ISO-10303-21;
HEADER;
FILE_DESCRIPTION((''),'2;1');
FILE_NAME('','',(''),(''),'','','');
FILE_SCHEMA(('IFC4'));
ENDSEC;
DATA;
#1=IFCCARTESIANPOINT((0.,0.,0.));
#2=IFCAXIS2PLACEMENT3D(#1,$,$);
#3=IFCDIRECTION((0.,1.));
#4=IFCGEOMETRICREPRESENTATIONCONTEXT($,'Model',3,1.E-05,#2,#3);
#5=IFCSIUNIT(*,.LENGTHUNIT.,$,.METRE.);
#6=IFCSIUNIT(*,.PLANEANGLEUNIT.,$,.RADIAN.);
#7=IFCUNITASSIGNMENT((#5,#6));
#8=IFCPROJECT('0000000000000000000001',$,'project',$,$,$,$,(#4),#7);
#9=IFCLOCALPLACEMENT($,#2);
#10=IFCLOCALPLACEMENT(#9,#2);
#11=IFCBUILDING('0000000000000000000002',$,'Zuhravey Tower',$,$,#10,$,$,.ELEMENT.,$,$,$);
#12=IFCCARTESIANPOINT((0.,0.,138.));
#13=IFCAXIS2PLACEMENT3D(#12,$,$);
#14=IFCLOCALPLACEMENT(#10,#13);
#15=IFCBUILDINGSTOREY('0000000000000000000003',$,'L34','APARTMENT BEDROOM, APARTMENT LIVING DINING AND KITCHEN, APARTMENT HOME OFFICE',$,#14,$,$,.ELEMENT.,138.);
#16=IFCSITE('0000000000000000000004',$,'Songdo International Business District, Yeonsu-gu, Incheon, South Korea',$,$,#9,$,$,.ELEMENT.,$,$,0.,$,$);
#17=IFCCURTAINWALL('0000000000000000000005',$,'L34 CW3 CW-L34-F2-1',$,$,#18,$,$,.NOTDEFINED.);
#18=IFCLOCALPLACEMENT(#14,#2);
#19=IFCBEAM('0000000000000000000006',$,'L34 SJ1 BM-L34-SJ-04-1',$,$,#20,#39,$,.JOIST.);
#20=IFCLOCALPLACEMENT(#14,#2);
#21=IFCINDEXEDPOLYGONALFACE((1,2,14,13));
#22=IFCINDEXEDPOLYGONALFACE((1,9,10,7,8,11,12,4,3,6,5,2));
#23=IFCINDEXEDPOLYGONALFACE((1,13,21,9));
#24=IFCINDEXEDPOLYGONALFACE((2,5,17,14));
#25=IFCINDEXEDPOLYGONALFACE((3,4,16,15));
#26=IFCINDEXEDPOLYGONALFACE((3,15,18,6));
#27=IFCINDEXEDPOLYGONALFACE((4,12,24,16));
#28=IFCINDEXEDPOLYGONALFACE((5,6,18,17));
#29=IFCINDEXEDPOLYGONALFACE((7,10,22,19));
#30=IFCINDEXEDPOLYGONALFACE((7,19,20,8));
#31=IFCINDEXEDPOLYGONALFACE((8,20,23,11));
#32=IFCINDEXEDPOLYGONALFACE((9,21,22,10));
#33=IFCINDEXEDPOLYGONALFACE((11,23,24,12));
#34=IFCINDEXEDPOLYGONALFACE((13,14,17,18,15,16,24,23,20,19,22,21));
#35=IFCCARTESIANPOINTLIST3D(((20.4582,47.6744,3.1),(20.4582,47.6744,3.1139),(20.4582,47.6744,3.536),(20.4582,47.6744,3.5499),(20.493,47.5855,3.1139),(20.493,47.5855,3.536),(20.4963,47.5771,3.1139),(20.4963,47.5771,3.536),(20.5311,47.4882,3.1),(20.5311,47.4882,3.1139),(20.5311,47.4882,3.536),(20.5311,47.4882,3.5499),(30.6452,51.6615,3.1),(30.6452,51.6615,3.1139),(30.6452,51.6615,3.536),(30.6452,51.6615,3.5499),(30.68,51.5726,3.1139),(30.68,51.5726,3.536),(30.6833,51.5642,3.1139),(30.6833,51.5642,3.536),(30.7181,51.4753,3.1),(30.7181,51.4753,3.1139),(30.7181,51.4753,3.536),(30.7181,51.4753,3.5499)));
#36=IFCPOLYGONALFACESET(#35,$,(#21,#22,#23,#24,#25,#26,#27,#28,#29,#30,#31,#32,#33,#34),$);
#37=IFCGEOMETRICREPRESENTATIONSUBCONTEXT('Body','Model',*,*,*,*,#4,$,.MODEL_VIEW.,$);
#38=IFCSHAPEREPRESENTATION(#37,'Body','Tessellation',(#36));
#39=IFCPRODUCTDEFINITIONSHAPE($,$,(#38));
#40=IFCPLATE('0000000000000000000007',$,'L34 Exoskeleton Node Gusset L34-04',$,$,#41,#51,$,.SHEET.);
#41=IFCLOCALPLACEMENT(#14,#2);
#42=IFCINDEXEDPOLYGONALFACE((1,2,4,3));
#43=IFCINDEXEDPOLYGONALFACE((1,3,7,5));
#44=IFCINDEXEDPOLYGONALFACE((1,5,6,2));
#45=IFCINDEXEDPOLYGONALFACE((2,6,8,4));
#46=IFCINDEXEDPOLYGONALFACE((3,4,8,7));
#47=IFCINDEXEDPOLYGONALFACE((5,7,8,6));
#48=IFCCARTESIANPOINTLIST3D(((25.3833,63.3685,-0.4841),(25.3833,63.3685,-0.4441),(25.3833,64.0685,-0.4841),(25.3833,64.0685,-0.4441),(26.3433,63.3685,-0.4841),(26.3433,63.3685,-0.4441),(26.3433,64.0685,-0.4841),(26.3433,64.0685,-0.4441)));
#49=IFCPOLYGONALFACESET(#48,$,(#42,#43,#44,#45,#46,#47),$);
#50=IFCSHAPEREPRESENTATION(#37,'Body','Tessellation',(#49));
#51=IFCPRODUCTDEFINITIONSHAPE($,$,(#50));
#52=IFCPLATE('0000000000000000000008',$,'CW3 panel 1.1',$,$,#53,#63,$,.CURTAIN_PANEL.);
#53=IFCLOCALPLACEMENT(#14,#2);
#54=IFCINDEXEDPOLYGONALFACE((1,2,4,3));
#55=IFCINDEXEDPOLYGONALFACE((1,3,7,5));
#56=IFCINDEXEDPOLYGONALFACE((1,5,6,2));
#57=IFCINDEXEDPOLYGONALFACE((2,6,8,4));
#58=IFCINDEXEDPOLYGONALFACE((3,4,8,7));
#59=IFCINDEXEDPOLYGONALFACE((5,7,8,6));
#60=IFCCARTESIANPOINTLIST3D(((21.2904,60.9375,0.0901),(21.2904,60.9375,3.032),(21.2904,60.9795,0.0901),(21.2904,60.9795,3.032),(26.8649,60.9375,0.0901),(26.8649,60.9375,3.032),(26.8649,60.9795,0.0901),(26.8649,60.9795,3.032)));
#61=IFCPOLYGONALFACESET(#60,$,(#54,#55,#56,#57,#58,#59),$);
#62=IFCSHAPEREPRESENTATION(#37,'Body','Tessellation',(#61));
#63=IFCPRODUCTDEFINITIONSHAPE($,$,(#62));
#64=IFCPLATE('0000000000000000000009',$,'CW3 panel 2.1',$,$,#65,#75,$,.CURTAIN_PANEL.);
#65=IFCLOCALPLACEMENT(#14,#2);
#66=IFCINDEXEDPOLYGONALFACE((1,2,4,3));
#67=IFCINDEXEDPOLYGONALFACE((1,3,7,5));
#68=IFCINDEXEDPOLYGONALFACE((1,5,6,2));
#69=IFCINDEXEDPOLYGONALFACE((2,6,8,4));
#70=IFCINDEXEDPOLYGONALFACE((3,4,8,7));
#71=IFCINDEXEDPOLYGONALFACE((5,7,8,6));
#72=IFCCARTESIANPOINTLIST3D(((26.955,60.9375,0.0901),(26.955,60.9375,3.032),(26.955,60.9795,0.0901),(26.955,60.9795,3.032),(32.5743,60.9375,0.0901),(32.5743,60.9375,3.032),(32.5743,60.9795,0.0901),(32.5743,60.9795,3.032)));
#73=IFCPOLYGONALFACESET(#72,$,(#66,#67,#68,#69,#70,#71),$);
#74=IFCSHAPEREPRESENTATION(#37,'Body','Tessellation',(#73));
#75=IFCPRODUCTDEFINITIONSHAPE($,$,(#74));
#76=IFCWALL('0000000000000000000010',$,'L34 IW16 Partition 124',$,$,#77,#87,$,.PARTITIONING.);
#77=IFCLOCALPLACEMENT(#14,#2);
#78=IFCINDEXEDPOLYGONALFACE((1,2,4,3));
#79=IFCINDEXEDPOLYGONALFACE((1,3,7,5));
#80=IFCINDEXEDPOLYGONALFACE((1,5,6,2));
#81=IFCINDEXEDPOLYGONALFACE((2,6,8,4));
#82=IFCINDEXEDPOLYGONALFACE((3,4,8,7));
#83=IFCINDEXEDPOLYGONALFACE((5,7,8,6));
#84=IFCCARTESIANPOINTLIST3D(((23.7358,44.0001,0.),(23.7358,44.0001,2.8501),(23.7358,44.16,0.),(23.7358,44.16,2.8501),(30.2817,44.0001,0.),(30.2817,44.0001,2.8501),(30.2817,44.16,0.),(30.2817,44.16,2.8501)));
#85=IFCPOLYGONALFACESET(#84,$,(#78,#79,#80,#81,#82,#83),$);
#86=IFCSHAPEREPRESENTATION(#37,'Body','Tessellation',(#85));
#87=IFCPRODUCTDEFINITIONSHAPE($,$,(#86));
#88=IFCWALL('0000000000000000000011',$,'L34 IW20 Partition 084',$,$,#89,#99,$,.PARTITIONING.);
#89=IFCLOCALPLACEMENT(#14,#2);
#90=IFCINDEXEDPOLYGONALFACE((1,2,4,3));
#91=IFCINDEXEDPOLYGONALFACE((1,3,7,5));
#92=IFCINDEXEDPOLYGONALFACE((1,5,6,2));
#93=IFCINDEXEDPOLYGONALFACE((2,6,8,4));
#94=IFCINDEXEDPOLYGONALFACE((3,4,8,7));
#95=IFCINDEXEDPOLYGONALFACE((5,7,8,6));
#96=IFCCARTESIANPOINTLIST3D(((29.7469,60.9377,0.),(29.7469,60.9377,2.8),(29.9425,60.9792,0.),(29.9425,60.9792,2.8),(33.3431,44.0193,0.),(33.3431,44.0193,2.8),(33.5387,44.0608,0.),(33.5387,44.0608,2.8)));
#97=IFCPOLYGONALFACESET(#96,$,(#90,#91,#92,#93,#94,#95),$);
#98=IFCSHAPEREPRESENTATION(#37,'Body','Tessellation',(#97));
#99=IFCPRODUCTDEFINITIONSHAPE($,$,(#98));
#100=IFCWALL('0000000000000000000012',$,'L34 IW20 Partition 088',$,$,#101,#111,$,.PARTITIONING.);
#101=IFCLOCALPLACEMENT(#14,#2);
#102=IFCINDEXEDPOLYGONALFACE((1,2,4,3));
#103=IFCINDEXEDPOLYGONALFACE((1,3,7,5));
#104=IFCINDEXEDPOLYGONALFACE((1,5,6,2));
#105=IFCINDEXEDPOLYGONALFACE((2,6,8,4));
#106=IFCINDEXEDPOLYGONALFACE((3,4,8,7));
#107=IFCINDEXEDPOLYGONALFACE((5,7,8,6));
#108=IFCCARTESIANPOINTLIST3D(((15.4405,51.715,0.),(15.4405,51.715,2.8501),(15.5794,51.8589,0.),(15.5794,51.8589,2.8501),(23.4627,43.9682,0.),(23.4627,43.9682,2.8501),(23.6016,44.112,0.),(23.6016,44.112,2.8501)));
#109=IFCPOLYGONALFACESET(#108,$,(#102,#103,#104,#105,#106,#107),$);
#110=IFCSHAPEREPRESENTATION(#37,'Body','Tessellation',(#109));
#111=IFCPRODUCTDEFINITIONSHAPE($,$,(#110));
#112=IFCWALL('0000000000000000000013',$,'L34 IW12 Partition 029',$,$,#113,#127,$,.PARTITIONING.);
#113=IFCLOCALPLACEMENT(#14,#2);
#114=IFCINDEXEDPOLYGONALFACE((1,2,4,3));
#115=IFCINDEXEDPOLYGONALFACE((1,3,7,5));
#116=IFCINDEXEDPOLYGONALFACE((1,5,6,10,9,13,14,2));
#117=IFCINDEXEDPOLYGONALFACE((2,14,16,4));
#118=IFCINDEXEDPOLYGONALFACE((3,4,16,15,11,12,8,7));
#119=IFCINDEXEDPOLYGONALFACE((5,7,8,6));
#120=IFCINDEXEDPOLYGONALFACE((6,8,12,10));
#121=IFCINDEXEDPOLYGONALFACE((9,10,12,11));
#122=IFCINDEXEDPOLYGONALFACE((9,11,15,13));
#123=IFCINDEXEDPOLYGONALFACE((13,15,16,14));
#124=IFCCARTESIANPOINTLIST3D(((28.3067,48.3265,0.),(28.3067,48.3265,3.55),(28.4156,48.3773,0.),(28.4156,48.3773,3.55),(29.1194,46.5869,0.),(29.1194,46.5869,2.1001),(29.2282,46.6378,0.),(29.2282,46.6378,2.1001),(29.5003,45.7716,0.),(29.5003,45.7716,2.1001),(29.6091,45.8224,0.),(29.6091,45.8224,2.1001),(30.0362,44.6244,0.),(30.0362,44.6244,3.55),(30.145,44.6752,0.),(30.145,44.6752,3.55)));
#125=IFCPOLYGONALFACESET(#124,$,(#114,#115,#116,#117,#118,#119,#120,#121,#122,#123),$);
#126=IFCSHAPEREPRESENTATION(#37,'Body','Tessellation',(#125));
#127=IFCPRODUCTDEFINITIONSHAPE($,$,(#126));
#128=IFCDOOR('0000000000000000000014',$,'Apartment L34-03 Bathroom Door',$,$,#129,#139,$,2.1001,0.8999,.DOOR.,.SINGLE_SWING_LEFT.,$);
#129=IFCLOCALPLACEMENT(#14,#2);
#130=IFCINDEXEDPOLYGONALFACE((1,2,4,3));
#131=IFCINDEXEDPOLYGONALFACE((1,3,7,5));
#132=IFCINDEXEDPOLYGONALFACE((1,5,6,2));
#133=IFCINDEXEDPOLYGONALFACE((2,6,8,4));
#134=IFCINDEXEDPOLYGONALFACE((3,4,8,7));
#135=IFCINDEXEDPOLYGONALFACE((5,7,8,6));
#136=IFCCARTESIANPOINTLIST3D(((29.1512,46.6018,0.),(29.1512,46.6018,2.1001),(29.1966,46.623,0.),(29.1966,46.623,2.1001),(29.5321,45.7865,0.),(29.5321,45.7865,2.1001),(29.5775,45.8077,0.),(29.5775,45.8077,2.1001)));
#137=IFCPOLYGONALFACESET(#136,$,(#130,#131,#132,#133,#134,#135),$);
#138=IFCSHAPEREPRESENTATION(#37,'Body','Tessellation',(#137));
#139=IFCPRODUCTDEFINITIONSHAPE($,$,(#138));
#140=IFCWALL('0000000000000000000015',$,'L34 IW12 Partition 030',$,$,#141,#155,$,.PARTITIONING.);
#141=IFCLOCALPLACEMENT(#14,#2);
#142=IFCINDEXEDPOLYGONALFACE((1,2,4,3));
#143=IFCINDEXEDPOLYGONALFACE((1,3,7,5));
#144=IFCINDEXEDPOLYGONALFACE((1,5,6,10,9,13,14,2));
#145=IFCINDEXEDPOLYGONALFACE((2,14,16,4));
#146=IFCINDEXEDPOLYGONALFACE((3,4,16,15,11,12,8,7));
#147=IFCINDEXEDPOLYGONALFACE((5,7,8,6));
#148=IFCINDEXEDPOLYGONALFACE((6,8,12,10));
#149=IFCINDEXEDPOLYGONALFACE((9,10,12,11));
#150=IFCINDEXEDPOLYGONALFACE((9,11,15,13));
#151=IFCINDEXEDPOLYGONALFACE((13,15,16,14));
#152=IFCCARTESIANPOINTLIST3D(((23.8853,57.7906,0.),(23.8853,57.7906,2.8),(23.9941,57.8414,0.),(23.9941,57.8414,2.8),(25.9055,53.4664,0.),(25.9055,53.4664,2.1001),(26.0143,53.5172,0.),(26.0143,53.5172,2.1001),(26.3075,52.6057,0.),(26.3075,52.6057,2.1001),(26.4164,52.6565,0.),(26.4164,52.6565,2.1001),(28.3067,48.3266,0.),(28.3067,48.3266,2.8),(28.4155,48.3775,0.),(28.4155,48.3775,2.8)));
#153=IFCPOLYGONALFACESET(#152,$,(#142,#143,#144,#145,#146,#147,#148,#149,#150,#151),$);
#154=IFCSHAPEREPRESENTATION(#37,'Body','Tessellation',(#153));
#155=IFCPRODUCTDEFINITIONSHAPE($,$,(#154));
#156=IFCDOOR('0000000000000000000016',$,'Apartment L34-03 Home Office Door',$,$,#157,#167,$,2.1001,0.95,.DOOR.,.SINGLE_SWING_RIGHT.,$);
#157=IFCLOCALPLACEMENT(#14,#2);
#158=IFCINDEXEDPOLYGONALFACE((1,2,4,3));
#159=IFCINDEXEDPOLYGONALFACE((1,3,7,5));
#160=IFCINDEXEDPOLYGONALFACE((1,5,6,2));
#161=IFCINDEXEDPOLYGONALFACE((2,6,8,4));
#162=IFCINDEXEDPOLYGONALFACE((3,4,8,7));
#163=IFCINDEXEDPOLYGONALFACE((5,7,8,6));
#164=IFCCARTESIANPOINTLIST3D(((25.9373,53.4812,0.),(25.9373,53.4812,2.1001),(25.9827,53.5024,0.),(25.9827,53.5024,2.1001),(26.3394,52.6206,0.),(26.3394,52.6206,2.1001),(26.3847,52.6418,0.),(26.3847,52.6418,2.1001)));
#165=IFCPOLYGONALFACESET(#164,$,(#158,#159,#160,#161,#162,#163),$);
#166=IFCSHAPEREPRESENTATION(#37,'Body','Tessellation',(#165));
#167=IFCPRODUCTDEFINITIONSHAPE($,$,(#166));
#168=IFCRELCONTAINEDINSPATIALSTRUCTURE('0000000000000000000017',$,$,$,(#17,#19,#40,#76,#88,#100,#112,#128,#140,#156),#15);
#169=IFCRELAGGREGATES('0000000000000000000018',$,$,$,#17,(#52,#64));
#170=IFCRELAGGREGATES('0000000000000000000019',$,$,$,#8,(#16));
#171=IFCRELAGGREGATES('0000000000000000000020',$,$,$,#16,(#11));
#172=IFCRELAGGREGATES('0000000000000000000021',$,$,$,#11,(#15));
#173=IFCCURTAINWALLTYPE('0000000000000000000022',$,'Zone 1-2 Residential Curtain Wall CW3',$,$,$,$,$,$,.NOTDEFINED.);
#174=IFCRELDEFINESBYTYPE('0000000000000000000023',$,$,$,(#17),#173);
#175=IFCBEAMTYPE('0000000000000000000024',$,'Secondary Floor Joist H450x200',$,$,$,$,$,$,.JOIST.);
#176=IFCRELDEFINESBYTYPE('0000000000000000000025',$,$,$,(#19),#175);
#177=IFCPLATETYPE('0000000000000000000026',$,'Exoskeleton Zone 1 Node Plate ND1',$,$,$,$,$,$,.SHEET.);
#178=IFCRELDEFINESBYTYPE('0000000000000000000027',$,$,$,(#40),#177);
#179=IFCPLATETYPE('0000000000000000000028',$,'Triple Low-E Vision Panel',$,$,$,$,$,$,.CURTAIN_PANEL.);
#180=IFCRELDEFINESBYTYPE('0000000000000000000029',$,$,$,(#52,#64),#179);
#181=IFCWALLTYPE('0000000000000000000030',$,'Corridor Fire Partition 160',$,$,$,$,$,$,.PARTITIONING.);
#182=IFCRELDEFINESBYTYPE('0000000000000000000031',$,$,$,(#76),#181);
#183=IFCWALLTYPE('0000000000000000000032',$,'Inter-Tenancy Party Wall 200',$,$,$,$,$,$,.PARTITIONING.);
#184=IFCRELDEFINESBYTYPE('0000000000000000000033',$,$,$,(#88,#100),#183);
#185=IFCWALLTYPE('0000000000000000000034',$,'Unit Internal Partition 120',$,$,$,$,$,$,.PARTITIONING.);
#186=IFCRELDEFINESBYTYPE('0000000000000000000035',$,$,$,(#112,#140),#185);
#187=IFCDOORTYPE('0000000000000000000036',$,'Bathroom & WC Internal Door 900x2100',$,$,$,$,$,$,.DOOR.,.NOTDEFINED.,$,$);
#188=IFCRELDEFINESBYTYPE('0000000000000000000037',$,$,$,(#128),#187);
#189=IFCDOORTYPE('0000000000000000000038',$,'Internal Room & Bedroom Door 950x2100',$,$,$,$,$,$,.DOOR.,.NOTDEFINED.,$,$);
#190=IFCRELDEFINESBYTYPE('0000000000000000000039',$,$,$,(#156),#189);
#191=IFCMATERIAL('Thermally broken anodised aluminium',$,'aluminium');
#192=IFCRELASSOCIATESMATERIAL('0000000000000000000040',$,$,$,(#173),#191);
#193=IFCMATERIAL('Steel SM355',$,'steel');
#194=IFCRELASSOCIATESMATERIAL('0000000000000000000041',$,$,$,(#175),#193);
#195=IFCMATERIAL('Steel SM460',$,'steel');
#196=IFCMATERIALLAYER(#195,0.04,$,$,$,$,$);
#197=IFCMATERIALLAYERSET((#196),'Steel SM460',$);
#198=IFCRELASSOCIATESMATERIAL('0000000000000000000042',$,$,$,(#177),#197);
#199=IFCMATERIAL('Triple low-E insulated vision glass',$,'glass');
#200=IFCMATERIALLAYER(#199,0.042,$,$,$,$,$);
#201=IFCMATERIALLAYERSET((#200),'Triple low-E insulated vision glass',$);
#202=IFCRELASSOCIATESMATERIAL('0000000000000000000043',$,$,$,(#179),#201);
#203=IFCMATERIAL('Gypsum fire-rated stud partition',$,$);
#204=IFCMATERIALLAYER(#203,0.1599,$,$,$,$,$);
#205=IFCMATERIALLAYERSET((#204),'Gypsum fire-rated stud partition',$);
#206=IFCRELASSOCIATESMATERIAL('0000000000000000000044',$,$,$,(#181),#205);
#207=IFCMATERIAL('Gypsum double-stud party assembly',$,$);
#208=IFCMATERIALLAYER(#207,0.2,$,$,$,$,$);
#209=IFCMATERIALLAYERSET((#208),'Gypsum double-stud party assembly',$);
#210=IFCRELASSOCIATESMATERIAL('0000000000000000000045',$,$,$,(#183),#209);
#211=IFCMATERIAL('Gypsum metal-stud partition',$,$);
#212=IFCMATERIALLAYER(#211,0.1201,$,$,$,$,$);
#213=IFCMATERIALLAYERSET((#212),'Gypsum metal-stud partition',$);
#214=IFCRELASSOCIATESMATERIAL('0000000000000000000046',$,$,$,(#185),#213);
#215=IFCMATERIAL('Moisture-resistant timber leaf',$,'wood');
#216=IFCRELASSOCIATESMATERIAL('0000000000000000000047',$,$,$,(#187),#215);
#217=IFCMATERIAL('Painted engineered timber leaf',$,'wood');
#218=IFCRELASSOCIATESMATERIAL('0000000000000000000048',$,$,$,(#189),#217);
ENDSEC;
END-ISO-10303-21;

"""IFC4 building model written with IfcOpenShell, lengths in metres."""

from ifc_helpers import new_model, si_unit, direction, frame, frame_2d, origin, origin_2d, place, context, subcontext, project, spatial, rectangle, i_section, extrude, material, layer, layer_set, material_profile, profile_set, type_object, element, fill, aggregate, save


model = new_model("IFC4")

# Units and contexts
model_context = context("Model", 3, precision=1e-05, world=origin(), true_north=direction((0.0, 1.0)))
body_context = subcontext(model_context, "Body", "Model", "MODEL_VIEW")
ifc_project = project(units=[si_unit("LENGTHUNIT", "METRE"), si_unit("PLANEANGLEUNIT", "RADIAN")], contexts=[model_context])

# Site, building, storey
site_placement = place(None, origin())
site = spatial("IfcSite", under=ifc_project, at=site_placement, Name="Songdo International Business District, Yeonsu-gu, Incheon, South Korea", CompositionType="ELEMENT", RefElevation=0.0)
building_placement = place(site_placement, origin())
building = spatial("IfcBuilding", under=site, at=building_placement, Name="Zuhravey Tower", CompositionType="ELEMENT")
storey_placement = place(building_placement, frame((0.0, 0.0, 138.0)))
storey = spatial("IfcBuildingStorey", under=building, at=storey_placement, Name="L34", Description="APARTMENT BEDROOM, APARTMENT LIVING DINING AND KITCHEN, APARTMENT HOME OFFICE", CompositionType="ELEMENT", Elevation=138.0)

# Curtain wall
ifc_material_1 = material(Name="Thermally broken anodised aluminium", Category="aluminium")
curtain_wall_type = type_object("IfcCurtainWallType", Name="Zone 1-2 Residential Curtain Wall CW3", PredefinedType="NOTDEFINED", material=ifc_material_1)
curtain_wall_placement = place(storey_placement, origin())
curtain_wall = element("IfcCurtainWall", 1, at=curtain_wall_placement, inside=storey, type_object=curtain_wall_type, Name="L34 CW3 CW-L34-F2-1", PredefinedType="NOTDEFINED")

# Shared definitions
ifc_material_2 = material(Name="Steel SM460", Category="steel")

# Beam
ifc_material_3 = material(Name="Steel SM355", Category="steel")
ifc_material_profile_1 = material_profile(ifc_material_3, i_section(OverallWidth=0.2, OverallDepth=0.45, WebThickness=0.009, FlangeThickness=0.0139, at=origin_2d()), Name="H-450x200x9x14")
ifc_profile_set_1 = profile_set([ifc_material_profile_1], Name="Steel SM355")
beam_type_1 = type_object("IfcBeamType", Name="Secondary Floor Joist H450x200", PredefinedType="JOIST", material=ifc_profile_set_1)
beam_1_placement = place(storey_placement, frame((30.6816, 51.5684, 3.325), z_axis=(-0.931217, -0.364466, 0.0), x_axis=(0.364466, -0.931217, 0.0)))
element("IfcBeam", 2, at=beam_1_placement, inside=storey, type_object=beam_type_1, Name="L34 SJ1 BM-L34-SJ-04-1", PredefinedType="JOIST", context=body_context, shape_type="SweptSolid", body=[
    extrude(i_section(OverallWidth=0.2, OverallDepth=0.45, WebThickness=0.009, FlangeThickness=0.0139, at=origin_2d()), origin(), (0.0, 0.0, 1.0), 10.9395),
])

# Plates
ifc_layer_1 = layer(ifc_material_2, 0.04)
ifc_layer_set_1 = layer_set([ifc_layer_1], Name="Steel SM460")
plate_type_1 = type_object("IfcPlateType", Name="Exoskeleton Zone 1 Node Plate ND1", PredefinedType="SHEET", material=ifc_layer_set_1)
plate_1_placement = place(storey_placement, frame((25.8633, 63.7185, -0.4841), z_axis=(0.0, 0.0, 1.0), x_axis=(-1.0, 0.0, 0.0)))
element("IfcPlate", 3, at=plate_1_placement, inside=storey, type_object=plate_type_1, Name="L34 Exoskeleton Node Gusset L34-04", PredefinedType="SHEET", context=body_context, shape_type="SweptSolid", body=[
    extrude(rectangle(XDim=0.96, YDim=0.7, at=origin_2d()), origin(), (0.0, 0.0, 1.0), 0.04),
])
ifc_material_4 = material(Name="Triple low-E insulated vision glass", Category="glass")
ifc_layer_2 = layer(ifc_material_4, 0.042)
ifc_layer_set_2 = layer_set([ifc_layer_2], Name="Triple low-E insulated vision glass")
plate_type_2 = type_object("IfcPlateType", Name="Triple Low-E Vision Panel", PredefinedType="CURTAIN_PANEL", material=ifc_layer_set_2)
plate_2_placement = place(storey_placement, frame((24.0776, 60.9585, 0.0901), z_axis=(0.0, 0.0, 1.0), x_axis=(1.0, 0.0, 0.0)))
plate_2 = element("IfcPlate", 4, at=plate_2_placement, type_object=plate_type_2, Name="CW3 panel 1.1", PredefinedType="CURTAIN_PANEL", context=body_context, shape_type="SweptSolid", body=[
    extrude(rectangle(XDim=5.5745, YDim=0.042, at=origin_2d()), origin(), (0.0, 0.0, 1.0), 2.9419),
])
plate_3_placement = place(storey_placement, frame((29.7646, 60.9585, 0.0901), z_axis=(0.0, 0.0, 1.0), x_axis=(1.0, 0.0, 0.0)))
plate_3 = element("IfcPlate", 5, at=plate_3_placement, type_object=plate_type_2, Name="CW3 panel 2.1", PredefinedType="CURTAIN_PANEL", context=body_context, shape_type="SweptSolid", body=[
    extrude(rectangle(XDim=5.6194, YDim=0.042, at=origin_2d()), origin(), (0.0, 0.0, 1.0), 2.9419),
])
aggregate(curtain_wall, [plate_2, plate_3])

# Shared definitions
ifc_material_5 = material(Name="Gypsum fire-rated stud partition")
ifc_layer_3 = layer(ifc_material_5, 0.1599)
ifc_layer_set_3 = layer_set([ifc_layer_3], Name="Gypsum fire-rated stud partition")
wall_type_1 = type_object("IfcWallType", Name="Corridor Fire Partition 160", PredefinedType="PARTITIONING", material=ifc_layer_set_3)

# Walls
wall_1_placement = place(storey_placement, frame((30.2817, 44.0801, 0.0), z_axis=(0.0, 0.0, 1.0), x_axis=(-1.0, 0.0, 0.0)))
element("IfcWall", 6, at=wall_1_placement, inside=storey, type_object=wall_type_1, Name="L34 IW16 Partition 124", PredefinedType="PARTITIONING", context=body_context, shape_type="SweptSolid", body=[
    extrude(rectangle(XDim=6.5459, YDim=0.1599, at=frame_2d((3.2729, 0.0))), origin(), (0.0, 0.0, 1.0), 2.8501),
])
ifc_material_6 = material(Name="Gypsum double-stud party assembly")
ifc_layer_4 = layer(ifc_material_6, 0.2)
ifc_layer_set_4 = layer_set([ifc_layer_4], Name="Gypsum double-stud party assembly")
wall_type_2 = type_object("IfcWallType", Name="Inter-Tenancy Party Wall 200", PredefinedType="PARTITIONING", material=ifc_layer_set_4)
wall_2_placement = place(storey_placement, frame((33.4409, 44.04, 0.0), z_axis=(0.0, 0.0, 1.0), x_axis=(-0.207915, 0.978147, 0.0)))
element("IfcWall", 7, at=wall_2_placement, inside=storey, type_object=wall_type_2, Name="L34 IW20 Partition 084", PredefinedType="PARTITIONING", context=body_context, shape_type="SweptSolid", body=[
    extrude(rectangle(XDim=17.2964, YDim=0.2, at=frame_2d((8.6482, 0.0))), origin(), (0.0, 0.0, 1.0), 2.8),
])
wall_3_placement = place(storey_placement, frame((23.5322, 44.04, 0.0), z_axis=(0.0, 0.0, 1.0), x_axis=(-0.719346, 0.694652, 0.0)))
element("IfcWall", 8, at=wall_3_placement, inside=storey, type_object=wall_type_2, Name="L34 IW20 Partition 088", PredefinedType="PARTITIONING", context=body_context, shape_type="SweptSolid", body=[
    extrude(rectangle(XDim=11.1521, YDim=0.2, at=frame_2d((5.5762, 0.0))), origin(), (0.0, 0.0, 1.0), 2.8501),
])

# Walls, openings, doors
ifc_material_7 = material(Name="Gypsum metal-stud partition")
ifc_layer_5 = layer(ifc_material_7, 0.1201)
ifc_layer_set_5 = layer_set([ifc_layer_5], Name="Gypsum metal-stud partition")
wall_type_3 = type_object("IfcWallType", Name="Unit Internal Partition 120", PredefinedType="PARTITIONING", material=ifc_layer_set_5)
wall_4_placement = place(storey_placement, frame((30.0906, 44.6499, 0.0), z_axis=(0.0, 0.0, 1.0), x_axis=(-0.423252, 0.906012, 0.0)))
wall_4 = element("IfcWall", 9, at=wall_4_placement, inside=storey, type_object=wall_type_3, Name="L34 IW12 Partition 029", PredefinedType="PARTITIONING", context=body_context, shape_type="SweptSolid", body=[
    extrude(rectangle(XDim=4.0862, YDim=0.1201, at=frame_2d((2.043, 0.0))), origin(), (0.0, 0.0, 1.0), 3.55),
])
opening_1_placement = place(wall_4_placement, frame((1.2661, 0.0, 0.0)))
opening_1 = element("IfcOpeningElement", 10, at=opening_1_placement, cuts=wall_4, PredefinedType="OPENING", context=body_context, shape_type="SweptSolid", body=[
    extrude(rectangle(XDim=0.8999, YDim=2.1001, at=frame_2d((0.45, 1.05))), frame((0.0, 0.072, 0.0), z_axis=(0.0, -1.0, 0.0), x_axis=(1.0, 0.0, 0.0)), (0.0, 0.0, 1.0), 0.144),
])
ifc_material_8 = material(Name="Moisture-resistant timber leaf", Category="wood")
door_type_1 = type_object("IfcDoorType", Name="Bathroom & WC Internal Door 900x2100", OperationType="NOTDEFINED", PredefinedType="DOOR", material=ifc_material_8)
door_1_placement = place(opening_1_placement, origin())
door_1 = element("IfcDoor", 11, at=door_1_placement, inside=storey, type_object=door_type_1, Name="Apartment L34-03 Bathroom Door", OperationType="SINGLE_SWING_LEFT", OverallHeight=2.1001, OverallWidth=0.8999, PredefinedType="DOOR", context=body_context, shape_type="SweptSolid", body=[
    extrude(rectangle(XDim=0.8999, YDim=2.1001, at=frame_2d((0.45, 1.05))), frame((0.0, 0.0249, 0.0), z_axis=(0.0, -1.0, 0.0), x_axis=(1.0, 0.0, 0.0)), (0.0, 0.0, 1.0), 0.05),
])
fill(opening_1, door_1)
wall_5_placement = place(storey_placement, frame((28.3611, 48.3521, 0.0), z_axis=(0.0, 0.0, 1.0), x_axis=(-0.423272, 0.906003, 0.0)))
wall_5 = element("IfcWall", 12, at=wall_5_placement, inside=storey, type_object=wall_type_3, Name="L34 IW12 Partition 030", PredefinedType="PARTITIONING", context=body_context, shape_type="SweptSolid", body=[
    extrude(rectangle(XDim=10.4458, YDim=0.1201, at=frame_2d((5.2229, 0.0))), origin(), (0.0, 0.0, 1.0), 2.8),
])
opening_2_placement = place(wall_5_placement, frame((4.7229, 0.0, 0.0)))
opening_2 = element("IfcOpeningElement", 13, at=opening_2_placement, cuts=wall_5, PredefinedType="OPENING", context=body_context, shape_type="SweptSolid", body=[
    extrude(rectangle(XDim=0.95, YDim=2.1001, at=frame_2d((0.4751, 1.05))), frame((0.0, 0.072, 0.0), z_axis=(0.0, -1.0, 0.0), x_axis=(1.0, 0.0, 0.0)), (0.0, 0.0, 1.0), 0.144),
])
ifc_material_9 = material(Name="Painted engineered timber leaf", Category="wood")
door_type_2 = type_object("IfcDoorType", Name="Internal Room & Bedroom Door 950x2100", OperationType="NOTDEFINED", PredefinedType="DOOR", material=ifc_material_9)
door_2_placement = place(opening_2_placement, origin())
door_2 = element("IfcDoor", 14, at=door_2_placement, inside=storey, type_object=door_type_2, Name="Apartment L34-03 Home Office Door", OperationType="SINGLE_SWING_RIGHT", OverallHeight=2.1001, OverallWidth=0.95, PredefinedType="DOOR", context=body_context, shape_type="SweptSolid", body=[
    extrude(rectangle(XDim=0.95, YDim=2.1001, at=frame_2d((0.4751, 1.05))), frame((0.0, 0.0249, 0.0), z_axis=(0.0, -1.0, 0.0), x_axis=(1.0, 0.0, 0.0)), (0.0, 0.0, 1.0), 0.05),
])
fill(opening_2, door_2)

save(model, "model.ifc")
